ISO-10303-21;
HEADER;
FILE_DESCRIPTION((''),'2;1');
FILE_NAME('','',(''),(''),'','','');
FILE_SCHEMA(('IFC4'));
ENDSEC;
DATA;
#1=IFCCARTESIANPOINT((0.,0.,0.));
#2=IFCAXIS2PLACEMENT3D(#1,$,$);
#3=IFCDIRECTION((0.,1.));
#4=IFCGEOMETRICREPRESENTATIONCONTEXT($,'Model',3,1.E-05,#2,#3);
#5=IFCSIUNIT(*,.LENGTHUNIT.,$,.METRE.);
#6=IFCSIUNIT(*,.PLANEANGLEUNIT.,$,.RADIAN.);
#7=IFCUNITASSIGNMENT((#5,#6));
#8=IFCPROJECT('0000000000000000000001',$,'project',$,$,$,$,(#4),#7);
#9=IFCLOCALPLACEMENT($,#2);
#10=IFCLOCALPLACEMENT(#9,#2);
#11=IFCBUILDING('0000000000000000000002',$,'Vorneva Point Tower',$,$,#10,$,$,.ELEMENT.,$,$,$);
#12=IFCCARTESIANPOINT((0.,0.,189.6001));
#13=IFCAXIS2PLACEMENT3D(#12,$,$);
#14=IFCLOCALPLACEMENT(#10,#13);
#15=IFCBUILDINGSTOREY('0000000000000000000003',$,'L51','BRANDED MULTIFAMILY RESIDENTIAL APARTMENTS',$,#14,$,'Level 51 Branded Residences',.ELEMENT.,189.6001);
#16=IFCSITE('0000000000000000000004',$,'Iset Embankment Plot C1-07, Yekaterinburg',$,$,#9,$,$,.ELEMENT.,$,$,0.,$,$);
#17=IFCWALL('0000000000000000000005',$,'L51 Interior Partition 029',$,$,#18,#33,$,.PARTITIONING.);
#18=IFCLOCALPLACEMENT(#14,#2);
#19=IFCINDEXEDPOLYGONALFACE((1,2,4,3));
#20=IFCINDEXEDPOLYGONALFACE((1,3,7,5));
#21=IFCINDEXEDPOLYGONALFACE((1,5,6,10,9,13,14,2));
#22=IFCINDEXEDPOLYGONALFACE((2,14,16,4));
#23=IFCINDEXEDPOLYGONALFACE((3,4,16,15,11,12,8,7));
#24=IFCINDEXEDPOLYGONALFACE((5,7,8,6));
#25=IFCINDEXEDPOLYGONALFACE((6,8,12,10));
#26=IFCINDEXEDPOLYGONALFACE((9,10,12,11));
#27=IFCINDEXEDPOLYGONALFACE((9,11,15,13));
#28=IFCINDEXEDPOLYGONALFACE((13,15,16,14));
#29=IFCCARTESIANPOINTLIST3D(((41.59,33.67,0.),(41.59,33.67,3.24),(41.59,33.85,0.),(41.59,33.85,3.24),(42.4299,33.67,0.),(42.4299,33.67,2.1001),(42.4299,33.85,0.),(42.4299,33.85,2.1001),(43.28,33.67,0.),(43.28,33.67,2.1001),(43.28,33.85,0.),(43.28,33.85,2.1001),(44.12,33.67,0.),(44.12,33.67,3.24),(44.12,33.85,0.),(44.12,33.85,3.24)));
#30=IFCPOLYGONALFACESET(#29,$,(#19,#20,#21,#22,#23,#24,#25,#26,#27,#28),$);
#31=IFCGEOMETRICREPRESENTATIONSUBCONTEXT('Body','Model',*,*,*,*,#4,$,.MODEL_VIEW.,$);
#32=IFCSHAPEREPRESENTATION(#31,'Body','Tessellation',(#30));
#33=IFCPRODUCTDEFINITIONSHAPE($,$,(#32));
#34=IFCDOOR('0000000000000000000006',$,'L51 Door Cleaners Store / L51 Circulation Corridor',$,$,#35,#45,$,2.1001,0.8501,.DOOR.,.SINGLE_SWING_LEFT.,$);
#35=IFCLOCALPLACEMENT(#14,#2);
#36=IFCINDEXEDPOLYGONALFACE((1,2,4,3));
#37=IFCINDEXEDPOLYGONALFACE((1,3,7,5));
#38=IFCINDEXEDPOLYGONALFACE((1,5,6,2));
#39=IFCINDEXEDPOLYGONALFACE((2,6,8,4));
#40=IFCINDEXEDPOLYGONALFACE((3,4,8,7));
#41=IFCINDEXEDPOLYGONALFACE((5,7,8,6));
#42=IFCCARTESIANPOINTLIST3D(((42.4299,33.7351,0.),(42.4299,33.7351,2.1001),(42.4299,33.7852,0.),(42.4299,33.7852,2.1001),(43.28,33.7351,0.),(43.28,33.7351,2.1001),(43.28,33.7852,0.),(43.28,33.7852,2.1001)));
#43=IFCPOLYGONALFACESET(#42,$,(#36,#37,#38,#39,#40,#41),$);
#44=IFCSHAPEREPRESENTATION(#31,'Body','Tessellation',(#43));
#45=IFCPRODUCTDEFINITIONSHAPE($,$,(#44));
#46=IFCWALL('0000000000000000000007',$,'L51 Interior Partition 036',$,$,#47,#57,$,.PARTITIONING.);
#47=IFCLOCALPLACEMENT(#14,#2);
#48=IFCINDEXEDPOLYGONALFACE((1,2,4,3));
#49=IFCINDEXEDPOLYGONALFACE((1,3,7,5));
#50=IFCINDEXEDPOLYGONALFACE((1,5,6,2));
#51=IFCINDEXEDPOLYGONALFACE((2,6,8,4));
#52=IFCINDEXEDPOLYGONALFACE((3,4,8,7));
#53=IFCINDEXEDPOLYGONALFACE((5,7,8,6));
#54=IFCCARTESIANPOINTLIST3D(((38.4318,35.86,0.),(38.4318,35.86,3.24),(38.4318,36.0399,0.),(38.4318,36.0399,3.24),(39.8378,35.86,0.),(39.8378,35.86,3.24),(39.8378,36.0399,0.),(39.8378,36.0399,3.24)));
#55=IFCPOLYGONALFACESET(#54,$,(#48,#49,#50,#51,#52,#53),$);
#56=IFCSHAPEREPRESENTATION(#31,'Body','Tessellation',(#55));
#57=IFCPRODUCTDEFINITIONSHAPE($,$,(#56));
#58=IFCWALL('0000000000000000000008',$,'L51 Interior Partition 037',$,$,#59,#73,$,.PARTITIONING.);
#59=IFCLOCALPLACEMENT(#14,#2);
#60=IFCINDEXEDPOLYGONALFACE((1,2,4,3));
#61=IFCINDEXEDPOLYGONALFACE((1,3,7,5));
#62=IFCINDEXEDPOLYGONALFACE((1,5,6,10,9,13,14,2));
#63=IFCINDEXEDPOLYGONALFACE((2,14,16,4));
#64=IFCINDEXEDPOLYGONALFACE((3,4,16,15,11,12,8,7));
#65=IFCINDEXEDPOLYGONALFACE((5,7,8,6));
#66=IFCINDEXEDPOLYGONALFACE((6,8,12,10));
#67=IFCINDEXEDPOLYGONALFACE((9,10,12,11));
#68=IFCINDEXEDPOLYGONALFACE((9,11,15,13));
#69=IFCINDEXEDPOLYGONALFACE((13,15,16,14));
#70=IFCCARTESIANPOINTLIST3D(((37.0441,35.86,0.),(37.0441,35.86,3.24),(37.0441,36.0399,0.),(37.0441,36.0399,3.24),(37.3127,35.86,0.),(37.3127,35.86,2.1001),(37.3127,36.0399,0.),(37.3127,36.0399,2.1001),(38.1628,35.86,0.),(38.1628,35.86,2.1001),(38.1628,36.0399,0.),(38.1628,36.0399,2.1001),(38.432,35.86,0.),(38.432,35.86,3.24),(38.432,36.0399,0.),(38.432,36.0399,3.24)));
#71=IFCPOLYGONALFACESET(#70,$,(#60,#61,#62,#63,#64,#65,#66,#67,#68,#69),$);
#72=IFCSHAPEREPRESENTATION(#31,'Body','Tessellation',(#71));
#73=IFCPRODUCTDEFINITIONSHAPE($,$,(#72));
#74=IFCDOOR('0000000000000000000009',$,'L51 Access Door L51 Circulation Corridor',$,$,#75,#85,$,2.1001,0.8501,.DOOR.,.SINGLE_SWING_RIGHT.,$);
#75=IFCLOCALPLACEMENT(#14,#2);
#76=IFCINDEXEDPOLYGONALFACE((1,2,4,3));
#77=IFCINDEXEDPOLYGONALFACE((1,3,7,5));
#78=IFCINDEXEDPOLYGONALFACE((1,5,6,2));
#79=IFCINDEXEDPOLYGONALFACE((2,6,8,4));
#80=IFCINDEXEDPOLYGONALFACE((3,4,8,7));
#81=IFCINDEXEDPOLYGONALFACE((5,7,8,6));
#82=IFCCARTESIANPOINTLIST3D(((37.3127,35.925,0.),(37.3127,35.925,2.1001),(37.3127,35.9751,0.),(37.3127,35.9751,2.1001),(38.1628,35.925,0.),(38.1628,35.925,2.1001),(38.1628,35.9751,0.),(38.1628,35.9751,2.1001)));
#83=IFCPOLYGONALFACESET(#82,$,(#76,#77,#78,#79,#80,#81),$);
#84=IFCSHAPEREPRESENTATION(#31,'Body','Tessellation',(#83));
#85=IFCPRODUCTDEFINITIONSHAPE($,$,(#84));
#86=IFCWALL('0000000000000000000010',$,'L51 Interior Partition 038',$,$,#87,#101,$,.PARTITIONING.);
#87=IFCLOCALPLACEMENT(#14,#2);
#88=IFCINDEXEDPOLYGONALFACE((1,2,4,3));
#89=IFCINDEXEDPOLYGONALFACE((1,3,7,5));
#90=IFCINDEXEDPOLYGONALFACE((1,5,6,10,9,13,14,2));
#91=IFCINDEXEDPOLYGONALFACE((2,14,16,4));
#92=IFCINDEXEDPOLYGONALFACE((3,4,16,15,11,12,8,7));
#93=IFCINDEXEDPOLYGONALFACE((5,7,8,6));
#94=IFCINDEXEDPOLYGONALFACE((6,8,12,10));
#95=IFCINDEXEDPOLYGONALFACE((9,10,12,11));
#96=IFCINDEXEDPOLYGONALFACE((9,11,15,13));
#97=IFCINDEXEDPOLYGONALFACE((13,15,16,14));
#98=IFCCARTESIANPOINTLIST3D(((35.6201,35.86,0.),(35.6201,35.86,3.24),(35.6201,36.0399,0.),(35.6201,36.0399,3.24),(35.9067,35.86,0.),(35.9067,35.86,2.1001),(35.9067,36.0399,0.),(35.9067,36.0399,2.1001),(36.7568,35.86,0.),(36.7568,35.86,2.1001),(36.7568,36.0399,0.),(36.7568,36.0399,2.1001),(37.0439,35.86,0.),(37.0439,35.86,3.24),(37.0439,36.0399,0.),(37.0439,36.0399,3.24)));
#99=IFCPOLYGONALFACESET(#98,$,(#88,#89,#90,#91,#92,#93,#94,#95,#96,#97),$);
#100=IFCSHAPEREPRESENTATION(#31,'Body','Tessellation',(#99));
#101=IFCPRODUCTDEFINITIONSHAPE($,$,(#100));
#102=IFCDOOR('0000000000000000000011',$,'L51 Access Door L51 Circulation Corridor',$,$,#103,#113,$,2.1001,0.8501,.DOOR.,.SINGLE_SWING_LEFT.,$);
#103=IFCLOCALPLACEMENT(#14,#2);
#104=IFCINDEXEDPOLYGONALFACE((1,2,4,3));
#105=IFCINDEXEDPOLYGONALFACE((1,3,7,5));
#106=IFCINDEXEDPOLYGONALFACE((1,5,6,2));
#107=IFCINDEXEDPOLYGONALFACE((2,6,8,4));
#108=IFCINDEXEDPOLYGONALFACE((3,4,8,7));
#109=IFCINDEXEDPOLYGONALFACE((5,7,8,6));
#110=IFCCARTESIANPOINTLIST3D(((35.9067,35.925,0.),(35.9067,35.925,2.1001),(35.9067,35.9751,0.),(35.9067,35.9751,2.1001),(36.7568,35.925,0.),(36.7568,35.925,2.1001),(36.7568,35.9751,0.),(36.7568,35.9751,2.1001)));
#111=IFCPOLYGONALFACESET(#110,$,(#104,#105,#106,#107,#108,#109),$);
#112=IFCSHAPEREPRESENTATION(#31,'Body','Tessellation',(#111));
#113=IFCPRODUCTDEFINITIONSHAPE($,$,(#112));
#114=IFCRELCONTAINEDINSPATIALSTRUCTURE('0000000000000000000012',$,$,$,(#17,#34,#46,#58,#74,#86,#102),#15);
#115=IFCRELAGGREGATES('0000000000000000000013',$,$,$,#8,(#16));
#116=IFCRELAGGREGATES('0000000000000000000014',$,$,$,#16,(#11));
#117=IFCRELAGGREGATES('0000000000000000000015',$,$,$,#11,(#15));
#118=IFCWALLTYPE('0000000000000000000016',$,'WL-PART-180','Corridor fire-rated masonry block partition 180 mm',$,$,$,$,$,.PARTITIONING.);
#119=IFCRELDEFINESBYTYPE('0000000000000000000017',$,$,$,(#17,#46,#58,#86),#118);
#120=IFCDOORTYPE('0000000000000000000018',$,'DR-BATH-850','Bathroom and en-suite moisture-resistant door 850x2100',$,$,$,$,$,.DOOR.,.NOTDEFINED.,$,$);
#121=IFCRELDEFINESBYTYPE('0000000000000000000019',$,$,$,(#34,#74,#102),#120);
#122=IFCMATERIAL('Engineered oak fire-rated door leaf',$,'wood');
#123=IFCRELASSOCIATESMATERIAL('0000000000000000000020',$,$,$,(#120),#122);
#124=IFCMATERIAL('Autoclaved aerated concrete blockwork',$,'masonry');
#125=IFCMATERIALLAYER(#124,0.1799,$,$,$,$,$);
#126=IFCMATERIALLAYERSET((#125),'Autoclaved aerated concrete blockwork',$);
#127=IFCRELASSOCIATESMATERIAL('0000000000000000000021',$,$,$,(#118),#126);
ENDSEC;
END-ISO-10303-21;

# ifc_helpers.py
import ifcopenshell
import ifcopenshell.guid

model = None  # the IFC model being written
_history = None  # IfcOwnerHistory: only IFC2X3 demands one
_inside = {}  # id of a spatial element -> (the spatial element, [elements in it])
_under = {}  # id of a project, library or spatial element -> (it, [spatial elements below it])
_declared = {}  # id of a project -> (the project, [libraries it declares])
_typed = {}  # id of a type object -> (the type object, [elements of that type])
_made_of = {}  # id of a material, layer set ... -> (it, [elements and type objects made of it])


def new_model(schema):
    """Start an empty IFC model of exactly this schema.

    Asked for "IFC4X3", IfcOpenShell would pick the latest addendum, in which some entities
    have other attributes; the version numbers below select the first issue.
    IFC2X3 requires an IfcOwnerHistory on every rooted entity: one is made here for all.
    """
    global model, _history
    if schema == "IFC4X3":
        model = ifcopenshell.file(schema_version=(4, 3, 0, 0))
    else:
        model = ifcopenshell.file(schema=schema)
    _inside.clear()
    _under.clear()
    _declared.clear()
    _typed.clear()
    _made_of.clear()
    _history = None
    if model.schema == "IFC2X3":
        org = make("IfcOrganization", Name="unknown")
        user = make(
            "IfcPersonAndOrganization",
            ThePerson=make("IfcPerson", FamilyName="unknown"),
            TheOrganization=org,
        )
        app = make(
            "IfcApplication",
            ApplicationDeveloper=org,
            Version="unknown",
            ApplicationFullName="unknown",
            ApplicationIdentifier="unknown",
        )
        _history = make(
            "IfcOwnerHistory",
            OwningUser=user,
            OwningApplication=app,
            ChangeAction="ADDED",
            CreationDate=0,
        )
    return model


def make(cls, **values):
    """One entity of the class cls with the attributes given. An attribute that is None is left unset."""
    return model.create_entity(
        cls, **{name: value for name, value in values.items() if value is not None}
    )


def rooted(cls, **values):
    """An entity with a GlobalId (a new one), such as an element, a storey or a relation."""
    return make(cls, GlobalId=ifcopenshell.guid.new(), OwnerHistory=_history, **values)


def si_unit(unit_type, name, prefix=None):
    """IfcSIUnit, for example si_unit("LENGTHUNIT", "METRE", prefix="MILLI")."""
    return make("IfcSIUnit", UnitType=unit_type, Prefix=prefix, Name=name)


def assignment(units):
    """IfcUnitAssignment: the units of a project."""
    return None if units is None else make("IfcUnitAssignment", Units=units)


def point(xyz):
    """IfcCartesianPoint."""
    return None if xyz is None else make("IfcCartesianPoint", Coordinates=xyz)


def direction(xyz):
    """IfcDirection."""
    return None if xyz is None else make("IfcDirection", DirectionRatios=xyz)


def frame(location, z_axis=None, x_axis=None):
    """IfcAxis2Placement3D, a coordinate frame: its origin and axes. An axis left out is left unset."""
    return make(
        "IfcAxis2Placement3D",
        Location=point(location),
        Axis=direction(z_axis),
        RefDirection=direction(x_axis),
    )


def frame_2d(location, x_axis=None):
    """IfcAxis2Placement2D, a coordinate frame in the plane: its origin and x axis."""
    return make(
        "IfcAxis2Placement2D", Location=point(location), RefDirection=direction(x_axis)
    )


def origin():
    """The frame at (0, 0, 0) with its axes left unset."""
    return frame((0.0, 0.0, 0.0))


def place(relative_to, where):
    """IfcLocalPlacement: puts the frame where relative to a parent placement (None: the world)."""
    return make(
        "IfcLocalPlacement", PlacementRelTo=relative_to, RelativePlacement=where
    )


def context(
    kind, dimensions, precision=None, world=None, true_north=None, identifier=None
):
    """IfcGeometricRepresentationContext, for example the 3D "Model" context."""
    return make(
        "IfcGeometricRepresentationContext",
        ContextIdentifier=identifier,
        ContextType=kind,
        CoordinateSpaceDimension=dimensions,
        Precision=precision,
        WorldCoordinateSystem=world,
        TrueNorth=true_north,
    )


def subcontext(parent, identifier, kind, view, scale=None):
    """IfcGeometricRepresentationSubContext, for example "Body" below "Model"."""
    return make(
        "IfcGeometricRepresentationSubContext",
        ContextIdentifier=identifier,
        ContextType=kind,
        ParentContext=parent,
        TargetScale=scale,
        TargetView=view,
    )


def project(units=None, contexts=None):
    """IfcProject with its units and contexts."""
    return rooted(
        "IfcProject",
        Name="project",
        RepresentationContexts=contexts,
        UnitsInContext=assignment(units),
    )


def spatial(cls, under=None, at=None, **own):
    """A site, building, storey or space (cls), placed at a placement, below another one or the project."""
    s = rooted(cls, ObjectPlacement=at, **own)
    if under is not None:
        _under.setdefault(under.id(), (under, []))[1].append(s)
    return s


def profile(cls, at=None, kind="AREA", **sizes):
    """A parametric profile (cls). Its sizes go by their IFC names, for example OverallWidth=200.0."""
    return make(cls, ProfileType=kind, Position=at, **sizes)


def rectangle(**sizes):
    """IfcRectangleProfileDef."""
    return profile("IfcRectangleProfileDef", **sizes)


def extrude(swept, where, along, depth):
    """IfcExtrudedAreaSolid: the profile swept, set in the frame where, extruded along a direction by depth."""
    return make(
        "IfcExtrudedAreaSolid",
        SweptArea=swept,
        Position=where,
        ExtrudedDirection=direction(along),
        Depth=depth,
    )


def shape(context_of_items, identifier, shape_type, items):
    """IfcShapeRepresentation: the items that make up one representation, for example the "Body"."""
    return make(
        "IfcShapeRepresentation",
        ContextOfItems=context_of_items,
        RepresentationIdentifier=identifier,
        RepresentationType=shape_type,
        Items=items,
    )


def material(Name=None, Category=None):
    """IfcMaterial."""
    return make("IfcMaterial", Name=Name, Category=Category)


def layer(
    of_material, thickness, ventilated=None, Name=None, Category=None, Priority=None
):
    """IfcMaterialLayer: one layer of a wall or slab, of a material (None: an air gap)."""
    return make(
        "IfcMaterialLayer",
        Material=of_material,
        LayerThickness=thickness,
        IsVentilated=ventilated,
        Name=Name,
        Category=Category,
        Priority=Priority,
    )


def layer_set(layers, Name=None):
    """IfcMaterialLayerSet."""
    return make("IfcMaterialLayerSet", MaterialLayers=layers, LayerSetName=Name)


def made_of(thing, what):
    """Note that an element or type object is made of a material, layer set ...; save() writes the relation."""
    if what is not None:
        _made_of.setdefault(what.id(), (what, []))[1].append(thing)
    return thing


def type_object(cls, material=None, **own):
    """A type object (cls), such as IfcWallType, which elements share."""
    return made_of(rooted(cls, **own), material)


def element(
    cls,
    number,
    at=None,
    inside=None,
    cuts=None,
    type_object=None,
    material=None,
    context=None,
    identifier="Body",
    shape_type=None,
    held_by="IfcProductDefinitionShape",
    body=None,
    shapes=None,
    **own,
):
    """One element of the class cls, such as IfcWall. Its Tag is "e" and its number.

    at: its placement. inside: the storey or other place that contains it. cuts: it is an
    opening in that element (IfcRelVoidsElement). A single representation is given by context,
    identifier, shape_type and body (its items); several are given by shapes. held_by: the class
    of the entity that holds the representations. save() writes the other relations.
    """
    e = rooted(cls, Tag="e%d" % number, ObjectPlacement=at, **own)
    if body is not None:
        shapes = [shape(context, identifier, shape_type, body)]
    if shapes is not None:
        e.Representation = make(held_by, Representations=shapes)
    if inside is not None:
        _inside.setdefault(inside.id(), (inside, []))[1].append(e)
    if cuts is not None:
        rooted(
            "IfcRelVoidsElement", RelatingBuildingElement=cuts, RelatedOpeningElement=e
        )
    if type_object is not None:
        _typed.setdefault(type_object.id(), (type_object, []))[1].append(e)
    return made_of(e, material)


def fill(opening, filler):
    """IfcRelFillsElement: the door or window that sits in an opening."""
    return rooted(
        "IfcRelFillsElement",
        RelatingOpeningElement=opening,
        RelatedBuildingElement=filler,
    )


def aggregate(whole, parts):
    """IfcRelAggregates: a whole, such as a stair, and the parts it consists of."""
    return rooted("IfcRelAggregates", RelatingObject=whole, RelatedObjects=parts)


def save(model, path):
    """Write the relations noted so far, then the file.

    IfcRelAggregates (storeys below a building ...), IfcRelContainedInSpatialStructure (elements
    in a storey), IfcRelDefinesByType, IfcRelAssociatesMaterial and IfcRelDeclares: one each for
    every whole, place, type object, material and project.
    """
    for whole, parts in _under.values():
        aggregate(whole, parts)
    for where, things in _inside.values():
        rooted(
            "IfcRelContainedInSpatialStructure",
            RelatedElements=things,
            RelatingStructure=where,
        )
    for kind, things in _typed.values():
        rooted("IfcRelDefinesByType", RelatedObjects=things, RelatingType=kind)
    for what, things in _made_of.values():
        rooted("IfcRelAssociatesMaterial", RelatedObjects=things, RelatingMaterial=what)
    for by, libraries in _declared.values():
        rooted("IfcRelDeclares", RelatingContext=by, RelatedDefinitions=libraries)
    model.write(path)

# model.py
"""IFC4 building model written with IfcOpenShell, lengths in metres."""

from ifc_helpers import new_model, si_unit, direction, frame, frame_2d, origin, place, context, subcontext, project, spatial, rectangle, extrude, material, layer, layer_set, type_object, element, fill, save


model = new_model("IFC4")

# Units and contexts
model_context = context("Model", 3, precision=1e-05, world=origin(), true_north=direction((0.0, 1.0)))
body_context = subcontext(model_context, "Body", "Model", "MODEL_VIEW")
ifc_project = project(units=[si_unit("LENGTHUNIT", "METRE"), si_unit("PLANEANGLEUNIT", "RADIAN")], contexts=[model_context])

# Site, building, storey
site_placement = place(None, origin())
site = spatial("IfcSite", under=ifc_project, at=site_placement, Name="Iset Embankment Plot C1-07, Yekaterinburg", CompositionType="ELEMENT", RefElevation=0.0)
building_placement = place(site_placement, origin())
building = spatial("IfcBuilding", under=site, at=building_placement, Name="Vorneva Point Tower", CompositionType="ELEMENT")
storey_placement = place(building_placement, frame((0.0, 0.0, 189.6001)))
storey = spatial("IfcBuildingStorey", under=building, at=storey_placement, Name="L51", Description="BRANDED MULTIFAMILY RESIDENTIAL APARTMENTS", LongName="Level 51 Branded Residences", CompositionType="ELEMENT", Elevation=189.6001)

# Shared definitions
ifc_material_1 = material(Name="Engineered oak fire-rated door leaf", Category="wood")
door_type_1 = type_object("IfcDoorType", Name="DR-BATH-850", Description="Bathroom and en-suite moisture-resistant door 850x2100", OperationType="NOTDEFINED", PredefinedType="DOOR", material=ifc_material_1)

# Wall, opening, door
ifc_material_2 = material(Name="Autoclaved aerated concrete blockwork", Category="masonry")
ifc_layer_1 = layer(ifc_material_2, 0.1799)
ifc_layer_set_1 = layer_set([ifc_layer_1], Name="Autoclaved aerated concrete blockwork")
wall_type_1 = type_object("IfcWallType", Name="WL-PART-180", Description="Corridor fire-rated masonry block partition 180 mm", PredefinedType="PARTITIONING", material=ifc_layer_set_1)
wall_1_placement = place(storey_placement, frame((44.1201, 33.76, 0.0), z_axis=(0.0, 0.0, 1.0), x_axis=(-1.0, 0.0, 0.0)))
wall_1 = element("IfcWall", 1, at=wall_1_placement, inside=storey, type_object=wall_type_1, Name="L51 Interior Partition 029", PredefinedType="PARTITIONING", context=body_context, shape_type="SweptSolid", body=[
    extrude(rectangle(XDim=2.53, YDim=0.1799, at=frame_2d((1.2651, 0.0))), origin(), (0.0, 0.0, 1.0), 3.24),
])
opening_1_placement = place(wall_1_placement, frame((0.8401, 0.0, 0.0)))
opening_1 = element("IfcOpeningElement", 2, at=opening_1_placement, cuts=wall_1, PredefinedType="OPENING", context=body_context, shape_type="SweptSolid", body=[
    extrude(rectangle(XDim=0.8501, YDim=2.1001, at=frame_2d((0.425, 1.05))), frame((0.0, 0.105, 0.0), z_axis=(0.0, -1.0, 0.0), x_axis=(1.0, 0.0, 0.0)), (0.0, 0.0, 1.0), 0.2097),
])
door_1_placement = place(opening_1_placement, origin())
door_1 = element("IfcDoor", 3, at=door_1_placement, inside=storey, type_object=door_type_1, Name="L51 Door Cleaners Store / L51 Circulation Corridor", OperationType="SINGLE_SWING_LEFT", OverallHeight=2.1001, OverallWidth=0.8501, PredefinedType="DOOR", context=body_context, shape_type="SweptSolid", body=[
    extrude(rectangle(XDim=0.8501, YDim=2.1001, at=frame_2d((0.425, 1.05))), frame((0.0, 0.0249, 0.0), z_axis=(0.0, -1.0, 0.0), x_axis=(1.0, 0.0, 0.0)), (0.0, 0.0, 1.0), 0.05),
])
fill(opening_1, door_1)

# Wall
wall_2_placement = place(storey_placement, frame((39.8379, 35.95, 0.0), z_axis=(0.0, 0.0, 1.0), x_axis=(-1.0, 0.0, 0.0)))
element("IfcWall", 4, at=wall_2_placement, inside=storey, type_object=wall_type_1, Name="L51 Interior Partition 036", PredefinedType="PARTITIONING", context=body_context, shape_type="SweptSolid", body=[
    extrude(rectangle(XDim=1.406, YDim=0.1799, at=frame_2d((0.7031, 0.0))), origin(), (0.0, 0.0, 1.0), 3.24),
])

# Walls, openings, doors
wall_3_placement = place(storey_placement, frame((38.4319, 35.95, 0.0), z_axis=(0.0, 0.0, 1.0), x_axis=(-1.0, 0.0, 0.0)))
wall_3 = element("IfcWall", 5, at=wall_3_placement, inside=storey, type_object=wall_type_1, Name="L51 Interior Partition 037", PredefinedType="PARTITIONING", context=body_context, shape_type="SweptSolid", body=[
    extrude(rectangle(XDim=1.3879, YDim=0.1799, at=frame_2d((0.6938, 0.0))), origin(), (0.0, 0.0, 1.0), 3.24),
])
opening_2_placement = place(wall_3_placement, frame((0.269, 0.0, 0.0)))
opening_2 = element("IfcOpeningElement", 6, at=opening_2_placement, cuts=wall_3, PredefinedType="OPENING", context=body_context, shape_type="SweptSolid", body=[
    extrude(rectangle(XDim=0.8501, YDim=2.1001, at=frame_2d((0.425, 1.05))), frame((0.0, 0.105, 0.0), z_axis=(0.0, -1.0, 0.0), x_axis=(1.0, 0.0, 0.0)), (0.0, 0.0, 1.0), 0.2097),
])
door_2_placement = place(opening_2_placement, origin())
door_2 = element("IfcDoor", 7, at=door_2_placement, inside=storey, type_object=door_type_1, Name="L51 Access Door L51 Circulation Corridor", OperationType="SINGLE_SWING_RIGHT", OverallHeight=2.1001, OverallWidth=0.8501, PredefinedType="DOOR", context=body_context, shape_type="SweptSolid", body=[
    extrude(rectangle(XDim=0.8501, YDim=2.1001, at=frame_2d((0.425, 1.05))), frame((0.0, 0.0249, 0.0), z_axis=(0.0, -1.0, 0.0), x_axis=(1.0, 0.0, 0.0)), (0.0, 0.0, 1.0), 0.05),
])
fill(opening_2, door_2)
wall_4_placement = place(storey_placement, frame((37.0439, 35.95, 0.0), z_axis=(0.0, 0.0, 1.0), x_axis=(-1.0, 0.0, 0.0)))
wall_4 = element("IfcWall", 8, at=wall_4_placement, inside=storey, type_object=wall_type_1, Name="L51 Interior Partition 038", PredefinedType="PARTITIONING", context=body_context, shape_type="SweptSolid", body=[
    extrude(rectangle(XDim=1.4238, YDim=0.1799, at=frame_2d((0.7119, 0.0))), origin(), (0.0, 0.0, 1.0), 3.24),
])
opening_3_placement = place(wall_4_placement, frame((0.2871, 0.0, 0.0)))
opening_3 = element("IfcOpeningElement", 9, at=opening_3_placement, cuts=wall_4, PredefinedType="OPENING", context=body_context, shape_type="SweptSolid", body=[
    extrude(rectangle(XDim=0.8501, YDim=2.1001, at=frame_2d((0.425, 1.05))), frame((0.0, 0.105, 0.0), z_axis=(0.0, -1.0, 0.0), x_axis=(1.0, 0.0, 0.0)), (0.0, 0.0, 1.0), 0.2097),
])
door_3_placement = place(opening_3_placement, origin())
door_3 = element("IfcDoor", 10, at=door_3_placement, inside=storey, type_object=door_type_1, Name="L51 Access Door L51 Circulation Corridor", OperationType="SINGLE_SWING_LEFT", OverallHeight=2.1001, OverallWidth=0.8501, PredefinedType="DOOR", context=body_context, shape_type="SweptSolid", body=[
    extrude(rectangle(XDim=0.8501, YDim=2.1001, at=frame_2d((0.425, 1.05))), frame((0.0, 0.0249, 0.0), z_axis=(0.0, -1.0, 0.0), x_axis=(1.0, 0.0, 0.0)), (0.0, 0.0, 1.0), 0.05),
])
fill(opening_3, door_3)

save(model, "model.ifc")
